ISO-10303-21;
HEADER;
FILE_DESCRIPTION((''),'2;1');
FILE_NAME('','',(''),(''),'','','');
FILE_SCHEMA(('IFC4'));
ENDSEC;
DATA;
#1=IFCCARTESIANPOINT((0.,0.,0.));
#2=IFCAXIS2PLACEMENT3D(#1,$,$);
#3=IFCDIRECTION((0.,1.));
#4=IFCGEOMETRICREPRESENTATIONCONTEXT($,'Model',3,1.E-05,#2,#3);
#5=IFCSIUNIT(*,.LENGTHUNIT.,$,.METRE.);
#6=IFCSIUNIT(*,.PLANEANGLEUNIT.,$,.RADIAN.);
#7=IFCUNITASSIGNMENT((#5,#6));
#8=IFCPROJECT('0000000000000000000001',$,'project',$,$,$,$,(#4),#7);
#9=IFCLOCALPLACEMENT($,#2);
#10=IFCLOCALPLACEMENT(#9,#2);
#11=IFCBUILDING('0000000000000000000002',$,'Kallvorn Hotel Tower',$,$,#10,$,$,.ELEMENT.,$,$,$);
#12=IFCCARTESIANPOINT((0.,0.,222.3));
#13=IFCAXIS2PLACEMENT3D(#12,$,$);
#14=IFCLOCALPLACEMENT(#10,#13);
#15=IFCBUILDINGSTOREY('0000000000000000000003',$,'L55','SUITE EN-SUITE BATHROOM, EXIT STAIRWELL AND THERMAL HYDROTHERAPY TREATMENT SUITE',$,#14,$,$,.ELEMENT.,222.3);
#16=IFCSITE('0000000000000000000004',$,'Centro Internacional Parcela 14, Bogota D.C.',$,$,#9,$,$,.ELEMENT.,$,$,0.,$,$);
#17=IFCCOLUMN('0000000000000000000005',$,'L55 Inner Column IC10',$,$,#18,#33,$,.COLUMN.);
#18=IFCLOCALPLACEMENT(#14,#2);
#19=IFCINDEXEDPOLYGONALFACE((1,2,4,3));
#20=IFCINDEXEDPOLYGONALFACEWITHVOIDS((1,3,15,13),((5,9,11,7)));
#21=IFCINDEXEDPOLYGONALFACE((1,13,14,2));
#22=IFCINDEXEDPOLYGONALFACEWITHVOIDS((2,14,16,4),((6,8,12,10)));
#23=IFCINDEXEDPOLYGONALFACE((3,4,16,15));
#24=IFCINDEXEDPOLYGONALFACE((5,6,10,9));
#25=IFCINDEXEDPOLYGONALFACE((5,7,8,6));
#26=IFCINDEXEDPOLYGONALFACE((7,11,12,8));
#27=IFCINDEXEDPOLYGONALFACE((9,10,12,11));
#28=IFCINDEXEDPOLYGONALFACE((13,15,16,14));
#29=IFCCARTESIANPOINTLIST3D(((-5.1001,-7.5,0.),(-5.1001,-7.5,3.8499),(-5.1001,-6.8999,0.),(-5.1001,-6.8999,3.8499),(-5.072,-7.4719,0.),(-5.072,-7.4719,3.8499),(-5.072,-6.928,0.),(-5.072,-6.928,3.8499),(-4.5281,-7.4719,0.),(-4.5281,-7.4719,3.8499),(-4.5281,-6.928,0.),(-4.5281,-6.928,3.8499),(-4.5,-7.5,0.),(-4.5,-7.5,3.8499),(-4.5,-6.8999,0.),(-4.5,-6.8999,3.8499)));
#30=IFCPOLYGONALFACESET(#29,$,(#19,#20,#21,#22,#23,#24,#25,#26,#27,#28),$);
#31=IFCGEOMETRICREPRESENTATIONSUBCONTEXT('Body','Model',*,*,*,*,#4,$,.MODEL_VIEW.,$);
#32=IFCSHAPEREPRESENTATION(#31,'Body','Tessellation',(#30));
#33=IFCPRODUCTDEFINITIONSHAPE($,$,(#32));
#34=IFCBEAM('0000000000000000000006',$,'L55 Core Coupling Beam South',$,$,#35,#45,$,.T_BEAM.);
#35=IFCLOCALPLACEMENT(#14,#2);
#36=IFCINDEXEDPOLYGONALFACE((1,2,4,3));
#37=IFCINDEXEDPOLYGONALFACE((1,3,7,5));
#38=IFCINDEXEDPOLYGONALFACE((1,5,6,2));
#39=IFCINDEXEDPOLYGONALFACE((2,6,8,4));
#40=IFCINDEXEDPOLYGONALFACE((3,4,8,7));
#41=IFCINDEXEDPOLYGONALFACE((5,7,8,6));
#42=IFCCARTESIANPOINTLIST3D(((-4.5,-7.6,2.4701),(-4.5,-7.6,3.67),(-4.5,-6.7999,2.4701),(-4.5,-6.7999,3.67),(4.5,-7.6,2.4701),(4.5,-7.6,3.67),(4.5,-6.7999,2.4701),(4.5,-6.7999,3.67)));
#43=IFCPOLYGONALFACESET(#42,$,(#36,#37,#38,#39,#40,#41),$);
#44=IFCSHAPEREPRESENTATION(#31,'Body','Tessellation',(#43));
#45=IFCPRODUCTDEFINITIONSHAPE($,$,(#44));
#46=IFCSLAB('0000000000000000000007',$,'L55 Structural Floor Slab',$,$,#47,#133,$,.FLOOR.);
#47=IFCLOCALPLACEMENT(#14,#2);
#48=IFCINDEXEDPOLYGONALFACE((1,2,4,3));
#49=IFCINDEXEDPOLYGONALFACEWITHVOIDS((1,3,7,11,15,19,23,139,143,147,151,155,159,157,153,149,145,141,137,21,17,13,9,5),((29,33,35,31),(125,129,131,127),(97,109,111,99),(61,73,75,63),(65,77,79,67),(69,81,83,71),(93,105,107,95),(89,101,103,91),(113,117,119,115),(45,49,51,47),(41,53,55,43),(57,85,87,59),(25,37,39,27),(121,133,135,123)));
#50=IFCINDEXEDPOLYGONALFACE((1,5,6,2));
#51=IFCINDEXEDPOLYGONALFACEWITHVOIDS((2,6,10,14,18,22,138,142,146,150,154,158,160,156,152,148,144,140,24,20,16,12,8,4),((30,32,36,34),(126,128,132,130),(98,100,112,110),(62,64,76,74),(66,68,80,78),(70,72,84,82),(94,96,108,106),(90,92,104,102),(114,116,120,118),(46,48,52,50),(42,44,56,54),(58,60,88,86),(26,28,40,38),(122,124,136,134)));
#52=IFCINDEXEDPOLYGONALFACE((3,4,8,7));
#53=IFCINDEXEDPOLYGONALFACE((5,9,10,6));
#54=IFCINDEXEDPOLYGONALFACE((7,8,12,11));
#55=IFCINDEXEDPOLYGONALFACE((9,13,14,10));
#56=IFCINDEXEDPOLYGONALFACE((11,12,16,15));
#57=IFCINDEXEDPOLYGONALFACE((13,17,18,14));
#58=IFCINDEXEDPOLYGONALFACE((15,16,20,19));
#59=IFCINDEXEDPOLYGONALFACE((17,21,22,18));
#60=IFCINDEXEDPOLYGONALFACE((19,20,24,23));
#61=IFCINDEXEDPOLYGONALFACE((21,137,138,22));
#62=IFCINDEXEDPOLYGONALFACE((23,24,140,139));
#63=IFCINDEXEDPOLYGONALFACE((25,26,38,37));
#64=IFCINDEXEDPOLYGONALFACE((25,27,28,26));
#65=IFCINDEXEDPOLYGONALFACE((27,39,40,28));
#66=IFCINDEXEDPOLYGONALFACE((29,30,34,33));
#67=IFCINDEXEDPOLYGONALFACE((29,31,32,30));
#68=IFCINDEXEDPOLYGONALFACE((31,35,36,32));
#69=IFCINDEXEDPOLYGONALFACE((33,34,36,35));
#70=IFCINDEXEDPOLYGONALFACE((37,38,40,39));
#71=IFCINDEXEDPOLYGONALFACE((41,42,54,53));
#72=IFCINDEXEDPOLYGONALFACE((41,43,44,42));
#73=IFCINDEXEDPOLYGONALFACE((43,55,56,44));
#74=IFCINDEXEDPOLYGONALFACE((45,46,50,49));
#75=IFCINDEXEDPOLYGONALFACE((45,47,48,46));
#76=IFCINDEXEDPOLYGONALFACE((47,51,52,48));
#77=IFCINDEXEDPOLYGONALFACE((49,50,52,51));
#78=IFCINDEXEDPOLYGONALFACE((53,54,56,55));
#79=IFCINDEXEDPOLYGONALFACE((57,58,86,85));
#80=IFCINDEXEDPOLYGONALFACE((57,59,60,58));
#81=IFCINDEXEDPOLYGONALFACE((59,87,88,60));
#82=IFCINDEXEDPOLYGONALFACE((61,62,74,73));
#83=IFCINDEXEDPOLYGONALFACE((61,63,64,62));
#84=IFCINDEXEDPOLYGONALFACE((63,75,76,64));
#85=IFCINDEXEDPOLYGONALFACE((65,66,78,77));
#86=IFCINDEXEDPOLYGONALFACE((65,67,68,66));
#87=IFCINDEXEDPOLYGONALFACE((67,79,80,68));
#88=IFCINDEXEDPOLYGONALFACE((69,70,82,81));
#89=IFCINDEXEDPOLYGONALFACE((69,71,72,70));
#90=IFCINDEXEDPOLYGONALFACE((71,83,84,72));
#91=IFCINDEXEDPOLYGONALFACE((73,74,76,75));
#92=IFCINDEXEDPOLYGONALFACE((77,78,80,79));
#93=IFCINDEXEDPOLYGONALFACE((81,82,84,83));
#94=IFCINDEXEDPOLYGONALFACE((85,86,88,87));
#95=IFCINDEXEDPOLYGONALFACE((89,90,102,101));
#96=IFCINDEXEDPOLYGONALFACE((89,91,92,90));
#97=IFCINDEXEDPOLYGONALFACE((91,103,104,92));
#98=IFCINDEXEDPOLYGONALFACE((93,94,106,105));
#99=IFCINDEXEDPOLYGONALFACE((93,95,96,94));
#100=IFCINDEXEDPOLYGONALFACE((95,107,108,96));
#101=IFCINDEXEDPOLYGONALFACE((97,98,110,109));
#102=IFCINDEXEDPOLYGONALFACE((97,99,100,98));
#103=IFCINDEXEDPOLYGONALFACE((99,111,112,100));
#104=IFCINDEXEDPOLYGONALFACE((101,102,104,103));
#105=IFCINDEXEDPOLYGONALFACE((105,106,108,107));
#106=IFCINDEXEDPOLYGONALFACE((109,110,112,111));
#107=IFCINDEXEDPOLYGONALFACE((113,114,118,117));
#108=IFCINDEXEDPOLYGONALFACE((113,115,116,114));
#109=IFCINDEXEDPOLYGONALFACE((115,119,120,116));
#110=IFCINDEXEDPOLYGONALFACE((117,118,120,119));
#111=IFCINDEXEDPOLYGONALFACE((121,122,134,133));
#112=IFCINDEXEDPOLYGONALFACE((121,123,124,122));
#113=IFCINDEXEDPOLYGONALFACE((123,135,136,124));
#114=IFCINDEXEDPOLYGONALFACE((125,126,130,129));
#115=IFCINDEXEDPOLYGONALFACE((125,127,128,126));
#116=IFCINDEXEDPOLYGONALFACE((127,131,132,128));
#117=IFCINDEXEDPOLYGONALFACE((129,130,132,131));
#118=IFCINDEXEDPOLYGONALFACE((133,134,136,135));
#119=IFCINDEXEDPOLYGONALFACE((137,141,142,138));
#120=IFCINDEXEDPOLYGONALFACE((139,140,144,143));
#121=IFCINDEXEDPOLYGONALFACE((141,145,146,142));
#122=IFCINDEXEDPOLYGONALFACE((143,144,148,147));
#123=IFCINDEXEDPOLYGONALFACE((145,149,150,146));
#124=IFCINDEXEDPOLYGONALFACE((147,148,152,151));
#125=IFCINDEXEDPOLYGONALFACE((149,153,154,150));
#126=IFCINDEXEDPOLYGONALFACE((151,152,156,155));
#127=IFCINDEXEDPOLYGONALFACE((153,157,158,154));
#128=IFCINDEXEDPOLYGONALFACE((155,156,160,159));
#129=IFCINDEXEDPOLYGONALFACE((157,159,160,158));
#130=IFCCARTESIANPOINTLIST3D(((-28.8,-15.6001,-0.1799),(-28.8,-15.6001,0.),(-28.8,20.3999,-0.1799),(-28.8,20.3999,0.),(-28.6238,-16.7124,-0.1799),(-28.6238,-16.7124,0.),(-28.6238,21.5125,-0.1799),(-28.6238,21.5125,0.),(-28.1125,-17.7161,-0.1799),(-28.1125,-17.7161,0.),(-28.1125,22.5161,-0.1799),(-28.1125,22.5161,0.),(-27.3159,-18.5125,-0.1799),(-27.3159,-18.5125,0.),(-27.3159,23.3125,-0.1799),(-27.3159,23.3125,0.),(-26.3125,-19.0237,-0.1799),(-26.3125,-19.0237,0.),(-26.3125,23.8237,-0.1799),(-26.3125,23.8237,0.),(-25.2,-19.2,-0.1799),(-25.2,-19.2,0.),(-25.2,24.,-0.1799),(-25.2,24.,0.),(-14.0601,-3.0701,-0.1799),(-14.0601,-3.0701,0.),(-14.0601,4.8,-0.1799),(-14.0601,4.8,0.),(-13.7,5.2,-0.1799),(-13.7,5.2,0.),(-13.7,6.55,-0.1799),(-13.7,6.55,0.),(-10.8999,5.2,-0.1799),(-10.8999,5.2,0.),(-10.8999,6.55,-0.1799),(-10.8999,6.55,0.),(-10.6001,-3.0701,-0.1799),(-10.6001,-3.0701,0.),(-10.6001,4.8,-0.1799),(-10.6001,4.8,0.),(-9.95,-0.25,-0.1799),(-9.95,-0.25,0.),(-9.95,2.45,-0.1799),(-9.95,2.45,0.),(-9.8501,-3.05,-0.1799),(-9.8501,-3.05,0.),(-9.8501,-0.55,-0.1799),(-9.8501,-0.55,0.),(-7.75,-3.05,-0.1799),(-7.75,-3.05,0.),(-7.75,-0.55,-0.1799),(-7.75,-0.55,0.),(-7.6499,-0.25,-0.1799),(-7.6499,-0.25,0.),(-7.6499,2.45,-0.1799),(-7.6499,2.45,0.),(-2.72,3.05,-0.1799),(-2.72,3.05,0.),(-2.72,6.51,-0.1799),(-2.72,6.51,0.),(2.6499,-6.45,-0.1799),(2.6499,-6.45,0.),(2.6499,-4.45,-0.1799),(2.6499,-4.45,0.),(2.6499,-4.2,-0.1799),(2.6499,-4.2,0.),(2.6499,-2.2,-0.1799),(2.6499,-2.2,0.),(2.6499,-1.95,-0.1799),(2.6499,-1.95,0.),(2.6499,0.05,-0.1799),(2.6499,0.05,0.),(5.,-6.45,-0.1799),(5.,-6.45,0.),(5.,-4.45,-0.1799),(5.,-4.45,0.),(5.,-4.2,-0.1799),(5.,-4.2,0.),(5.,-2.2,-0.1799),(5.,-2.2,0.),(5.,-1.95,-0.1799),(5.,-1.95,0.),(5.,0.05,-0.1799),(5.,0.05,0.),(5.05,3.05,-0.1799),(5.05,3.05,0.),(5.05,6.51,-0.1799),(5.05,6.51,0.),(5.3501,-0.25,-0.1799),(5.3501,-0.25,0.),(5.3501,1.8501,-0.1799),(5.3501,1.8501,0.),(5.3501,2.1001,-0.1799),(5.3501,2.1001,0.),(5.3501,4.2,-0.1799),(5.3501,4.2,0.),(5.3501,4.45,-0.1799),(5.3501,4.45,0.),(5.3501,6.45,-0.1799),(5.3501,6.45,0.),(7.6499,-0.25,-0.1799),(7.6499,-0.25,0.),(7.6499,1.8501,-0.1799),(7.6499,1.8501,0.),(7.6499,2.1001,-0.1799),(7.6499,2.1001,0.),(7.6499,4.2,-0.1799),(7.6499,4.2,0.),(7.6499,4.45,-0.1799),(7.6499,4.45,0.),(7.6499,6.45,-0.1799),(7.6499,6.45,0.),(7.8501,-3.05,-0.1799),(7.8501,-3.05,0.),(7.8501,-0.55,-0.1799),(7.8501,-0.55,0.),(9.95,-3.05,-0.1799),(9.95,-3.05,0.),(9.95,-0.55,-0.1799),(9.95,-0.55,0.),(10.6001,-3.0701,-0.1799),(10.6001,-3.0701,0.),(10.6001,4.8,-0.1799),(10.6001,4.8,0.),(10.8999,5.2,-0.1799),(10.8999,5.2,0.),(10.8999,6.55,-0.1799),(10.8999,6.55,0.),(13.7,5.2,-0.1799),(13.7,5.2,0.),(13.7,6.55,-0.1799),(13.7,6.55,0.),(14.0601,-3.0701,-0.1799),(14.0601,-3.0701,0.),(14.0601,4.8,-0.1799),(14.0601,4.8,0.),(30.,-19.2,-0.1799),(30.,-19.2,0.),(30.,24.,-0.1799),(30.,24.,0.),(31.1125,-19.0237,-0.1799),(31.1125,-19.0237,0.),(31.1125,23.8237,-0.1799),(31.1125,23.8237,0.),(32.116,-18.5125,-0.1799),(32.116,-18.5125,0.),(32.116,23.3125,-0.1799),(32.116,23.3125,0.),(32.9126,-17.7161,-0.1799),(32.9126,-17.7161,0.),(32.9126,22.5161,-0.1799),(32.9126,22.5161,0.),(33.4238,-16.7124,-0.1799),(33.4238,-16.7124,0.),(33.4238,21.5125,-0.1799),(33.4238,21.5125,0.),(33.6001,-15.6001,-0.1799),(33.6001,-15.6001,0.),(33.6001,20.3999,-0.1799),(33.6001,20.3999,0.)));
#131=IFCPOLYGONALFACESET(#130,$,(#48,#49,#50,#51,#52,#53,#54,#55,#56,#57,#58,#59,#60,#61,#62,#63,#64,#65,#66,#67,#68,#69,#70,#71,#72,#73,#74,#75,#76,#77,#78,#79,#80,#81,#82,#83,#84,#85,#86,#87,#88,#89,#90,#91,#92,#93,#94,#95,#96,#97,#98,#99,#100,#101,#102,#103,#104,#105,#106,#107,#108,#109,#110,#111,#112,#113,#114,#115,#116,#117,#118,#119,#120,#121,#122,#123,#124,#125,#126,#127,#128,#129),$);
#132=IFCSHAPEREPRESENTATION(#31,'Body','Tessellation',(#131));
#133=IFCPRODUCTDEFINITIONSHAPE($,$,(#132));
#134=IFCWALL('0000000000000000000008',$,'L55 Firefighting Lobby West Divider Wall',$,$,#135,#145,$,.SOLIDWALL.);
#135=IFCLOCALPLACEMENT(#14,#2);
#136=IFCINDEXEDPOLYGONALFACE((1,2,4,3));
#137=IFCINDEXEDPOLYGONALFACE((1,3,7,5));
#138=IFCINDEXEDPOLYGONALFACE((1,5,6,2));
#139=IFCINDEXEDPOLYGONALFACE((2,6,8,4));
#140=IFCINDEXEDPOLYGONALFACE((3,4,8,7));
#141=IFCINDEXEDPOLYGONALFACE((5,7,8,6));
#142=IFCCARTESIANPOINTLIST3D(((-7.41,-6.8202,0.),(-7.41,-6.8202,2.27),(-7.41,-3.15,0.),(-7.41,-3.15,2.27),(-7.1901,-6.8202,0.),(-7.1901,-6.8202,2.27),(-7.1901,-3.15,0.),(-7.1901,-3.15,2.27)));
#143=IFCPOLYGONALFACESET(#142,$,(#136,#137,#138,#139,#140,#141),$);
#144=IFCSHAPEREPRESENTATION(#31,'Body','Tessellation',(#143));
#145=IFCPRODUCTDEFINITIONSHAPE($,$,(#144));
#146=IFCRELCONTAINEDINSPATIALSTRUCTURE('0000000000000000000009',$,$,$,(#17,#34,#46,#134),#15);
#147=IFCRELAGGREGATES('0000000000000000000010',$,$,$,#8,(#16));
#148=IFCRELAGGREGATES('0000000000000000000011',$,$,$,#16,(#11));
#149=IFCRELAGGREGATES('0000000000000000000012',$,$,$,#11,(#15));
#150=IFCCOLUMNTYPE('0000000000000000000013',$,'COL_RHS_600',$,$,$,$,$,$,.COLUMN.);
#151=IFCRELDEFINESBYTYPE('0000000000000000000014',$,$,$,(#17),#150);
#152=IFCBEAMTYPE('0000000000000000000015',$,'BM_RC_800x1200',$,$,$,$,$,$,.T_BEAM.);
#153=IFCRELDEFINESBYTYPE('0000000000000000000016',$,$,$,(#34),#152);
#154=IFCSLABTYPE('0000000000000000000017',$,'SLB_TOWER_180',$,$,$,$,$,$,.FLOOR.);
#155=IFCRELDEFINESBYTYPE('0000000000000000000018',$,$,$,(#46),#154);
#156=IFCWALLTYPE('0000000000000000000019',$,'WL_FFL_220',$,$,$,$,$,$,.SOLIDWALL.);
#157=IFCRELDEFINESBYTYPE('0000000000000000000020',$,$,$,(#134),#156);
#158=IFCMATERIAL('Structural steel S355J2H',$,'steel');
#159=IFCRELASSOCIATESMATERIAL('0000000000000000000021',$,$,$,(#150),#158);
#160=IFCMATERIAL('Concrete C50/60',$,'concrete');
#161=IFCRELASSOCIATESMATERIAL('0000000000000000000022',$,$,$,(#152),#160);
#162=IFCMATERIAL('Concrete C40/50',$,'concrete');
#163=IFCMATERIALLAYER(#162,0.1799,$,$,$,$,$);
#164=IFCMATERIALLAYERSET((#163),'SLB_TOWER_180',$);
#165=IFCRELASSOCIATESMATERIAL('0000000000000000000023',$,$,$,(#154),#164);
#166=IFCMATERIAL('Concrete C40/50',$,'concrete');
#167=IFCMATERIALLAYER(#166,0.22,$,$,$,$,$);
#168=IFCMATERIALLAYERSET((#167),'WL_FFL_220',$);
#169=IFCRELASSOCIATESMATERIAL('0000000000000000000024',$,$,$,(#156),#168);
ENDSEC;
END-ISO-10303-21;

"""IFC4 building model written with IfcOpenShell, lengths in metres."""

from ifc_helpers import new_model, si_unit, direction, frame, frame_2d, origin, origin_2d, place, context, subcontext, project, spatial, polyline, rectangle, hollow_rectangle, outline, extrude, material, layer, layer_set, material_profile, profile_set, type_object, element, save


model = new_model("IFC4")

# Units and contexts
model_context = context("Model", 3, precision=1e-05, world=origin(), true_north=direction((0.0, 1.0)))
body_context = subcontext(model_context, "Body", "Model", "MODEL_VIEW")
ifc_project = project(units=[si_unit("LENGTHUNIT", "METRE"), si_unit("PLANEANGLEUNIT", "RADIAN")], contexts=[model_context])

# Site, building, storey
site_placement = place(None, origin())
site = spatial("IfcSite", under=ifc_project, at=site_placement, Name="Centro Internacional Parcela 14, Bogota D.C.", CompositionType="ELEMENT", RefElevation=0.0)
building_placement = place(site_placement, origin())
building = spatial("IfcBuilding", under=site, at=building_placement, Name="Kallvorn Hotel Tower", CompositionType="ELEMENT")
storey_placement = place(building_placement, frame((0.0, 0.0, 222.3)))
storey = spatial("IfcBuildingStorey", under=building, at=storey_placement, Name="L55", Description="SUITE EN-SUITE BATHROOM, EXIT STAIRWELL AND THERMAL HYDROTHERAPY TREATMENT SUITE", CompositionType="ELEMENT", Elevation=222.3)

# Column
ifc_material_1 = material(Name="Structural steel S355J2H", Category="steel")
ifc_material_profile_1 = material_profile(ifc_material_1, hollow_rectangle(XDim=0.6001, YDim=0.6001, WallThickness=0.0281, at=origin_2d()), Name="RHS 600x600x28")
ifc_profile_set_1 = profile_set([ifc_material_profile_1], Name="Structural steel S355J2H")
column_type = type_object("IfcColumnType", Name="COL_RHS_600", PredefinedType="COLUMN", material=ifc_profile_set_1)
column_placement = place(storey_placement, frame((-4.8, -7.2, 0.0), z_axis=(0.0, 0.0, 1.0), x_axis=(1.0, 0.0, 0.0)))
element("IfcColumn", 1, at=column_placement, inside=storey, type_object=column_type, Name="L55 Inner Column IC10", PredefinedType="COLUMN", context=body_context, shape_type="SweptSolid", body=[
    extrude(hollow_rectangle(XDim=0.6001, YDim=0.6001, WallThickness=0.0281, at=origin_2d()), origin(), (0.0, 0.0, 1.0), 3.8499),
])

# Beam
ifc_material_2 = material(Name="Concrete C50/60", Category="concrete")
ifc_material_profile_2 = material_profile(ifc_material_2, rectangle(XDim=0.8, YDim=1.2, at=origin_2d()), Name="RC 800x1200")
ifc_profile_set_2 = profile_set([ifc_material_profile_2], Name="Concrete C50/60")
beam_type = type_object("IfcBeamType", Name="BM_RC_800x1200", PredefinedType="T_BEAM", material=ifc_profile_set_2)
beam_placement = place(storey_placement, frame((-4.5, -7.2, 3.0701), z_axis=(1.0, 0.0, 0.0), x_axis=(0.0, 1.0, 0.0)))
element("IfcBeam", 2, at=beam_placement, inside=storey, type_object=beam_type, Name="L55 Core Coupling Beam South", PredefinedType="T_BEAM", context=body_context, shape_type="SweptSolid", body=[
    extrude(rectangle(XDim=0.8, YDim=1.2, at=origin_2d()), origin(), (0.0, 0.0, 1.0), 9.0),
])

# Slab
ifc_material_3 = material(Name="Concrete C40/50", Category="concrete")
ifc_layer_1 = layer(ifc_material_3, 0.1799)
ifc_layer_set_1 = layer_set([ifc_layer_1], Name="SLB_TOWER_180")
slab_type = type_object("IfcSlabType", Name="SLB_TOWER_180", PredefinedType="FLOOR", material=ifc_layer_set_1)
slab_placement = place(storey_placement, frame((0.0, 0.0, -0.1799)))
element("IfcSlab", 3, at=slab_placement, inside=storey, type_object=slab_type, Name="L55 Structural Floor Slab", PredefinedType="FLOOR", context=body_context, shape_type="SweptSolid", body=[
    extrude(outline(polyline([(30.0, -19.2), (31.1125, -19.0237), (32.116, -18.5125), (32.9126, -17.7161), (33.4238, -16.7124), (33.6001, -15.6001), (33.6001, 20.3999), (33.4238, 21.5125), (32.9126, 22.5161), (32.116, 23.3125), (31.1125, 23.8237), (30.0, 24.0), (-25.2, 24.0), (-26.3125, 23.8237), (-27.3159, 23.3125), (-28.1125, 22.5161), (-28.6238, 21.5125), (-28.8, 20.3999), (-28.8, -15.6001), (-28.6238, -16.7124), (-28.1125, -17.7161), (-27.3159, -18.5125), (-26.3125, -19.0237), (-25.2, -19.2), (30.0, -19.2)]), holes=[polyline([(-10.6001, -3.0701), (-10.6001, 4.8), (-14.0601, 4.8), (-14.0601, -3.0701), (-10.6001, -3.0701)]), polyline([(14.0601, -3.0701), (14.0601, 4.8), (10.6001, 4.8), (10.6001, -3.0701), (14.0601, -3.0701)]), polyline([(-2.72, 3.05), (5.05, 3.05), (5.05, 6.51), (-2.72, 6.51), (-2.72, 3.05)]), polyline([(2.6499, -6.45), (5.0, -6.45), (5.0, -4.45), (2.6499, -4.45), (2.6499, -6.45)]), polyline([(2.6499, -4.2), (5.0, -4.2), (5.0, -2.2), (2.6499, -2.2), (2.6499, -4.2)]), polyline([(2.6499, -1.95), (5.0, -1.95), (5.0, 0.05), (2.6499, 0.05), (2.6499, -1.95)]), polyline([(5.3501, -0.25), (7.6499, -0.25), (7.6499, 1.8501), (5.3501, 1.8501), (5.3501, -0.25)]), polyline([(5.3501, 2.1001), (7.6499, 2.1001), (7.6499, 4.2), (5.3501, 4.2), (5.3501, 2.1001)]), polyline([(5.3501, 4.45), (7.6499, 4.45), (7.6499, 6.45), (5.3501, 6.45), (5.3501, 4.45)]), polyline([(-9.8501, -3.05), (-7.75, -3.05), (-7.75, -0.55), (-9.8501, -0.55), (-9.8501, -3.05)]), polyline([(7.8501, -3.05), (9.95, -3.05), (9.95, -0.55), (7.8501, -0.55), (7.8501, -3.05)]), polyline([(-9.95, -0.25), (-7.6499, -0.25), (-7.6499, 2.45), (-9.95, 2.45), (-9.95, -0.25)]), polyline([(-13.7, 5.2), (-10.8999, 5.2), (-10.8999, 6.55), (-13.7, 6.55), (-13.7, 5.2)]), polyline([(10.8999, 5.2), (13.7, 5.2), (13.7, 6.55), (10.8999, 6.55), (10.8999, 5.2)])]), origin(), (0.0, 0.0, 1.0), 0.1799),
])

# Wall
ifc_material_4 = material(Name="Concrete C40/50", Category="concrete")
ifc_layer_2 = layer(ifc_material_4, 0.22)
ifc_layer_set_2 = layer_set([ifc_layer_2], Name="WL_FFL_220")
wall_type_1 = type_object("IfcWallType", Name="WL_FFL_220", PredefinedType="SOLIDWALL", material=ifc_layer_set_2)
wall_1_placement = place(storey_placement, frame((-7.3, -6.8201, 0.0), z_axis=(0.0, 0.0, 1.0), x_axis=(0.0, 1.0, 0.0)))
element("IfcWall", 4, at=wall_1_placement, inside=storey, type_object=wall_type_1, Name="L55 Firefighting Lobby West Divider Wall", PredefinedType="SOLIDWALL", context=body_context, shape_type="SweptSolid", body=[
    extrude(rectangle(XDim=3.6702, YDim=0.22, at=frame_2d((1.835, 0.0))), origin(), (0.0, 0.0, 1.0), 2.27),
])

save(model, "model.ifc")
